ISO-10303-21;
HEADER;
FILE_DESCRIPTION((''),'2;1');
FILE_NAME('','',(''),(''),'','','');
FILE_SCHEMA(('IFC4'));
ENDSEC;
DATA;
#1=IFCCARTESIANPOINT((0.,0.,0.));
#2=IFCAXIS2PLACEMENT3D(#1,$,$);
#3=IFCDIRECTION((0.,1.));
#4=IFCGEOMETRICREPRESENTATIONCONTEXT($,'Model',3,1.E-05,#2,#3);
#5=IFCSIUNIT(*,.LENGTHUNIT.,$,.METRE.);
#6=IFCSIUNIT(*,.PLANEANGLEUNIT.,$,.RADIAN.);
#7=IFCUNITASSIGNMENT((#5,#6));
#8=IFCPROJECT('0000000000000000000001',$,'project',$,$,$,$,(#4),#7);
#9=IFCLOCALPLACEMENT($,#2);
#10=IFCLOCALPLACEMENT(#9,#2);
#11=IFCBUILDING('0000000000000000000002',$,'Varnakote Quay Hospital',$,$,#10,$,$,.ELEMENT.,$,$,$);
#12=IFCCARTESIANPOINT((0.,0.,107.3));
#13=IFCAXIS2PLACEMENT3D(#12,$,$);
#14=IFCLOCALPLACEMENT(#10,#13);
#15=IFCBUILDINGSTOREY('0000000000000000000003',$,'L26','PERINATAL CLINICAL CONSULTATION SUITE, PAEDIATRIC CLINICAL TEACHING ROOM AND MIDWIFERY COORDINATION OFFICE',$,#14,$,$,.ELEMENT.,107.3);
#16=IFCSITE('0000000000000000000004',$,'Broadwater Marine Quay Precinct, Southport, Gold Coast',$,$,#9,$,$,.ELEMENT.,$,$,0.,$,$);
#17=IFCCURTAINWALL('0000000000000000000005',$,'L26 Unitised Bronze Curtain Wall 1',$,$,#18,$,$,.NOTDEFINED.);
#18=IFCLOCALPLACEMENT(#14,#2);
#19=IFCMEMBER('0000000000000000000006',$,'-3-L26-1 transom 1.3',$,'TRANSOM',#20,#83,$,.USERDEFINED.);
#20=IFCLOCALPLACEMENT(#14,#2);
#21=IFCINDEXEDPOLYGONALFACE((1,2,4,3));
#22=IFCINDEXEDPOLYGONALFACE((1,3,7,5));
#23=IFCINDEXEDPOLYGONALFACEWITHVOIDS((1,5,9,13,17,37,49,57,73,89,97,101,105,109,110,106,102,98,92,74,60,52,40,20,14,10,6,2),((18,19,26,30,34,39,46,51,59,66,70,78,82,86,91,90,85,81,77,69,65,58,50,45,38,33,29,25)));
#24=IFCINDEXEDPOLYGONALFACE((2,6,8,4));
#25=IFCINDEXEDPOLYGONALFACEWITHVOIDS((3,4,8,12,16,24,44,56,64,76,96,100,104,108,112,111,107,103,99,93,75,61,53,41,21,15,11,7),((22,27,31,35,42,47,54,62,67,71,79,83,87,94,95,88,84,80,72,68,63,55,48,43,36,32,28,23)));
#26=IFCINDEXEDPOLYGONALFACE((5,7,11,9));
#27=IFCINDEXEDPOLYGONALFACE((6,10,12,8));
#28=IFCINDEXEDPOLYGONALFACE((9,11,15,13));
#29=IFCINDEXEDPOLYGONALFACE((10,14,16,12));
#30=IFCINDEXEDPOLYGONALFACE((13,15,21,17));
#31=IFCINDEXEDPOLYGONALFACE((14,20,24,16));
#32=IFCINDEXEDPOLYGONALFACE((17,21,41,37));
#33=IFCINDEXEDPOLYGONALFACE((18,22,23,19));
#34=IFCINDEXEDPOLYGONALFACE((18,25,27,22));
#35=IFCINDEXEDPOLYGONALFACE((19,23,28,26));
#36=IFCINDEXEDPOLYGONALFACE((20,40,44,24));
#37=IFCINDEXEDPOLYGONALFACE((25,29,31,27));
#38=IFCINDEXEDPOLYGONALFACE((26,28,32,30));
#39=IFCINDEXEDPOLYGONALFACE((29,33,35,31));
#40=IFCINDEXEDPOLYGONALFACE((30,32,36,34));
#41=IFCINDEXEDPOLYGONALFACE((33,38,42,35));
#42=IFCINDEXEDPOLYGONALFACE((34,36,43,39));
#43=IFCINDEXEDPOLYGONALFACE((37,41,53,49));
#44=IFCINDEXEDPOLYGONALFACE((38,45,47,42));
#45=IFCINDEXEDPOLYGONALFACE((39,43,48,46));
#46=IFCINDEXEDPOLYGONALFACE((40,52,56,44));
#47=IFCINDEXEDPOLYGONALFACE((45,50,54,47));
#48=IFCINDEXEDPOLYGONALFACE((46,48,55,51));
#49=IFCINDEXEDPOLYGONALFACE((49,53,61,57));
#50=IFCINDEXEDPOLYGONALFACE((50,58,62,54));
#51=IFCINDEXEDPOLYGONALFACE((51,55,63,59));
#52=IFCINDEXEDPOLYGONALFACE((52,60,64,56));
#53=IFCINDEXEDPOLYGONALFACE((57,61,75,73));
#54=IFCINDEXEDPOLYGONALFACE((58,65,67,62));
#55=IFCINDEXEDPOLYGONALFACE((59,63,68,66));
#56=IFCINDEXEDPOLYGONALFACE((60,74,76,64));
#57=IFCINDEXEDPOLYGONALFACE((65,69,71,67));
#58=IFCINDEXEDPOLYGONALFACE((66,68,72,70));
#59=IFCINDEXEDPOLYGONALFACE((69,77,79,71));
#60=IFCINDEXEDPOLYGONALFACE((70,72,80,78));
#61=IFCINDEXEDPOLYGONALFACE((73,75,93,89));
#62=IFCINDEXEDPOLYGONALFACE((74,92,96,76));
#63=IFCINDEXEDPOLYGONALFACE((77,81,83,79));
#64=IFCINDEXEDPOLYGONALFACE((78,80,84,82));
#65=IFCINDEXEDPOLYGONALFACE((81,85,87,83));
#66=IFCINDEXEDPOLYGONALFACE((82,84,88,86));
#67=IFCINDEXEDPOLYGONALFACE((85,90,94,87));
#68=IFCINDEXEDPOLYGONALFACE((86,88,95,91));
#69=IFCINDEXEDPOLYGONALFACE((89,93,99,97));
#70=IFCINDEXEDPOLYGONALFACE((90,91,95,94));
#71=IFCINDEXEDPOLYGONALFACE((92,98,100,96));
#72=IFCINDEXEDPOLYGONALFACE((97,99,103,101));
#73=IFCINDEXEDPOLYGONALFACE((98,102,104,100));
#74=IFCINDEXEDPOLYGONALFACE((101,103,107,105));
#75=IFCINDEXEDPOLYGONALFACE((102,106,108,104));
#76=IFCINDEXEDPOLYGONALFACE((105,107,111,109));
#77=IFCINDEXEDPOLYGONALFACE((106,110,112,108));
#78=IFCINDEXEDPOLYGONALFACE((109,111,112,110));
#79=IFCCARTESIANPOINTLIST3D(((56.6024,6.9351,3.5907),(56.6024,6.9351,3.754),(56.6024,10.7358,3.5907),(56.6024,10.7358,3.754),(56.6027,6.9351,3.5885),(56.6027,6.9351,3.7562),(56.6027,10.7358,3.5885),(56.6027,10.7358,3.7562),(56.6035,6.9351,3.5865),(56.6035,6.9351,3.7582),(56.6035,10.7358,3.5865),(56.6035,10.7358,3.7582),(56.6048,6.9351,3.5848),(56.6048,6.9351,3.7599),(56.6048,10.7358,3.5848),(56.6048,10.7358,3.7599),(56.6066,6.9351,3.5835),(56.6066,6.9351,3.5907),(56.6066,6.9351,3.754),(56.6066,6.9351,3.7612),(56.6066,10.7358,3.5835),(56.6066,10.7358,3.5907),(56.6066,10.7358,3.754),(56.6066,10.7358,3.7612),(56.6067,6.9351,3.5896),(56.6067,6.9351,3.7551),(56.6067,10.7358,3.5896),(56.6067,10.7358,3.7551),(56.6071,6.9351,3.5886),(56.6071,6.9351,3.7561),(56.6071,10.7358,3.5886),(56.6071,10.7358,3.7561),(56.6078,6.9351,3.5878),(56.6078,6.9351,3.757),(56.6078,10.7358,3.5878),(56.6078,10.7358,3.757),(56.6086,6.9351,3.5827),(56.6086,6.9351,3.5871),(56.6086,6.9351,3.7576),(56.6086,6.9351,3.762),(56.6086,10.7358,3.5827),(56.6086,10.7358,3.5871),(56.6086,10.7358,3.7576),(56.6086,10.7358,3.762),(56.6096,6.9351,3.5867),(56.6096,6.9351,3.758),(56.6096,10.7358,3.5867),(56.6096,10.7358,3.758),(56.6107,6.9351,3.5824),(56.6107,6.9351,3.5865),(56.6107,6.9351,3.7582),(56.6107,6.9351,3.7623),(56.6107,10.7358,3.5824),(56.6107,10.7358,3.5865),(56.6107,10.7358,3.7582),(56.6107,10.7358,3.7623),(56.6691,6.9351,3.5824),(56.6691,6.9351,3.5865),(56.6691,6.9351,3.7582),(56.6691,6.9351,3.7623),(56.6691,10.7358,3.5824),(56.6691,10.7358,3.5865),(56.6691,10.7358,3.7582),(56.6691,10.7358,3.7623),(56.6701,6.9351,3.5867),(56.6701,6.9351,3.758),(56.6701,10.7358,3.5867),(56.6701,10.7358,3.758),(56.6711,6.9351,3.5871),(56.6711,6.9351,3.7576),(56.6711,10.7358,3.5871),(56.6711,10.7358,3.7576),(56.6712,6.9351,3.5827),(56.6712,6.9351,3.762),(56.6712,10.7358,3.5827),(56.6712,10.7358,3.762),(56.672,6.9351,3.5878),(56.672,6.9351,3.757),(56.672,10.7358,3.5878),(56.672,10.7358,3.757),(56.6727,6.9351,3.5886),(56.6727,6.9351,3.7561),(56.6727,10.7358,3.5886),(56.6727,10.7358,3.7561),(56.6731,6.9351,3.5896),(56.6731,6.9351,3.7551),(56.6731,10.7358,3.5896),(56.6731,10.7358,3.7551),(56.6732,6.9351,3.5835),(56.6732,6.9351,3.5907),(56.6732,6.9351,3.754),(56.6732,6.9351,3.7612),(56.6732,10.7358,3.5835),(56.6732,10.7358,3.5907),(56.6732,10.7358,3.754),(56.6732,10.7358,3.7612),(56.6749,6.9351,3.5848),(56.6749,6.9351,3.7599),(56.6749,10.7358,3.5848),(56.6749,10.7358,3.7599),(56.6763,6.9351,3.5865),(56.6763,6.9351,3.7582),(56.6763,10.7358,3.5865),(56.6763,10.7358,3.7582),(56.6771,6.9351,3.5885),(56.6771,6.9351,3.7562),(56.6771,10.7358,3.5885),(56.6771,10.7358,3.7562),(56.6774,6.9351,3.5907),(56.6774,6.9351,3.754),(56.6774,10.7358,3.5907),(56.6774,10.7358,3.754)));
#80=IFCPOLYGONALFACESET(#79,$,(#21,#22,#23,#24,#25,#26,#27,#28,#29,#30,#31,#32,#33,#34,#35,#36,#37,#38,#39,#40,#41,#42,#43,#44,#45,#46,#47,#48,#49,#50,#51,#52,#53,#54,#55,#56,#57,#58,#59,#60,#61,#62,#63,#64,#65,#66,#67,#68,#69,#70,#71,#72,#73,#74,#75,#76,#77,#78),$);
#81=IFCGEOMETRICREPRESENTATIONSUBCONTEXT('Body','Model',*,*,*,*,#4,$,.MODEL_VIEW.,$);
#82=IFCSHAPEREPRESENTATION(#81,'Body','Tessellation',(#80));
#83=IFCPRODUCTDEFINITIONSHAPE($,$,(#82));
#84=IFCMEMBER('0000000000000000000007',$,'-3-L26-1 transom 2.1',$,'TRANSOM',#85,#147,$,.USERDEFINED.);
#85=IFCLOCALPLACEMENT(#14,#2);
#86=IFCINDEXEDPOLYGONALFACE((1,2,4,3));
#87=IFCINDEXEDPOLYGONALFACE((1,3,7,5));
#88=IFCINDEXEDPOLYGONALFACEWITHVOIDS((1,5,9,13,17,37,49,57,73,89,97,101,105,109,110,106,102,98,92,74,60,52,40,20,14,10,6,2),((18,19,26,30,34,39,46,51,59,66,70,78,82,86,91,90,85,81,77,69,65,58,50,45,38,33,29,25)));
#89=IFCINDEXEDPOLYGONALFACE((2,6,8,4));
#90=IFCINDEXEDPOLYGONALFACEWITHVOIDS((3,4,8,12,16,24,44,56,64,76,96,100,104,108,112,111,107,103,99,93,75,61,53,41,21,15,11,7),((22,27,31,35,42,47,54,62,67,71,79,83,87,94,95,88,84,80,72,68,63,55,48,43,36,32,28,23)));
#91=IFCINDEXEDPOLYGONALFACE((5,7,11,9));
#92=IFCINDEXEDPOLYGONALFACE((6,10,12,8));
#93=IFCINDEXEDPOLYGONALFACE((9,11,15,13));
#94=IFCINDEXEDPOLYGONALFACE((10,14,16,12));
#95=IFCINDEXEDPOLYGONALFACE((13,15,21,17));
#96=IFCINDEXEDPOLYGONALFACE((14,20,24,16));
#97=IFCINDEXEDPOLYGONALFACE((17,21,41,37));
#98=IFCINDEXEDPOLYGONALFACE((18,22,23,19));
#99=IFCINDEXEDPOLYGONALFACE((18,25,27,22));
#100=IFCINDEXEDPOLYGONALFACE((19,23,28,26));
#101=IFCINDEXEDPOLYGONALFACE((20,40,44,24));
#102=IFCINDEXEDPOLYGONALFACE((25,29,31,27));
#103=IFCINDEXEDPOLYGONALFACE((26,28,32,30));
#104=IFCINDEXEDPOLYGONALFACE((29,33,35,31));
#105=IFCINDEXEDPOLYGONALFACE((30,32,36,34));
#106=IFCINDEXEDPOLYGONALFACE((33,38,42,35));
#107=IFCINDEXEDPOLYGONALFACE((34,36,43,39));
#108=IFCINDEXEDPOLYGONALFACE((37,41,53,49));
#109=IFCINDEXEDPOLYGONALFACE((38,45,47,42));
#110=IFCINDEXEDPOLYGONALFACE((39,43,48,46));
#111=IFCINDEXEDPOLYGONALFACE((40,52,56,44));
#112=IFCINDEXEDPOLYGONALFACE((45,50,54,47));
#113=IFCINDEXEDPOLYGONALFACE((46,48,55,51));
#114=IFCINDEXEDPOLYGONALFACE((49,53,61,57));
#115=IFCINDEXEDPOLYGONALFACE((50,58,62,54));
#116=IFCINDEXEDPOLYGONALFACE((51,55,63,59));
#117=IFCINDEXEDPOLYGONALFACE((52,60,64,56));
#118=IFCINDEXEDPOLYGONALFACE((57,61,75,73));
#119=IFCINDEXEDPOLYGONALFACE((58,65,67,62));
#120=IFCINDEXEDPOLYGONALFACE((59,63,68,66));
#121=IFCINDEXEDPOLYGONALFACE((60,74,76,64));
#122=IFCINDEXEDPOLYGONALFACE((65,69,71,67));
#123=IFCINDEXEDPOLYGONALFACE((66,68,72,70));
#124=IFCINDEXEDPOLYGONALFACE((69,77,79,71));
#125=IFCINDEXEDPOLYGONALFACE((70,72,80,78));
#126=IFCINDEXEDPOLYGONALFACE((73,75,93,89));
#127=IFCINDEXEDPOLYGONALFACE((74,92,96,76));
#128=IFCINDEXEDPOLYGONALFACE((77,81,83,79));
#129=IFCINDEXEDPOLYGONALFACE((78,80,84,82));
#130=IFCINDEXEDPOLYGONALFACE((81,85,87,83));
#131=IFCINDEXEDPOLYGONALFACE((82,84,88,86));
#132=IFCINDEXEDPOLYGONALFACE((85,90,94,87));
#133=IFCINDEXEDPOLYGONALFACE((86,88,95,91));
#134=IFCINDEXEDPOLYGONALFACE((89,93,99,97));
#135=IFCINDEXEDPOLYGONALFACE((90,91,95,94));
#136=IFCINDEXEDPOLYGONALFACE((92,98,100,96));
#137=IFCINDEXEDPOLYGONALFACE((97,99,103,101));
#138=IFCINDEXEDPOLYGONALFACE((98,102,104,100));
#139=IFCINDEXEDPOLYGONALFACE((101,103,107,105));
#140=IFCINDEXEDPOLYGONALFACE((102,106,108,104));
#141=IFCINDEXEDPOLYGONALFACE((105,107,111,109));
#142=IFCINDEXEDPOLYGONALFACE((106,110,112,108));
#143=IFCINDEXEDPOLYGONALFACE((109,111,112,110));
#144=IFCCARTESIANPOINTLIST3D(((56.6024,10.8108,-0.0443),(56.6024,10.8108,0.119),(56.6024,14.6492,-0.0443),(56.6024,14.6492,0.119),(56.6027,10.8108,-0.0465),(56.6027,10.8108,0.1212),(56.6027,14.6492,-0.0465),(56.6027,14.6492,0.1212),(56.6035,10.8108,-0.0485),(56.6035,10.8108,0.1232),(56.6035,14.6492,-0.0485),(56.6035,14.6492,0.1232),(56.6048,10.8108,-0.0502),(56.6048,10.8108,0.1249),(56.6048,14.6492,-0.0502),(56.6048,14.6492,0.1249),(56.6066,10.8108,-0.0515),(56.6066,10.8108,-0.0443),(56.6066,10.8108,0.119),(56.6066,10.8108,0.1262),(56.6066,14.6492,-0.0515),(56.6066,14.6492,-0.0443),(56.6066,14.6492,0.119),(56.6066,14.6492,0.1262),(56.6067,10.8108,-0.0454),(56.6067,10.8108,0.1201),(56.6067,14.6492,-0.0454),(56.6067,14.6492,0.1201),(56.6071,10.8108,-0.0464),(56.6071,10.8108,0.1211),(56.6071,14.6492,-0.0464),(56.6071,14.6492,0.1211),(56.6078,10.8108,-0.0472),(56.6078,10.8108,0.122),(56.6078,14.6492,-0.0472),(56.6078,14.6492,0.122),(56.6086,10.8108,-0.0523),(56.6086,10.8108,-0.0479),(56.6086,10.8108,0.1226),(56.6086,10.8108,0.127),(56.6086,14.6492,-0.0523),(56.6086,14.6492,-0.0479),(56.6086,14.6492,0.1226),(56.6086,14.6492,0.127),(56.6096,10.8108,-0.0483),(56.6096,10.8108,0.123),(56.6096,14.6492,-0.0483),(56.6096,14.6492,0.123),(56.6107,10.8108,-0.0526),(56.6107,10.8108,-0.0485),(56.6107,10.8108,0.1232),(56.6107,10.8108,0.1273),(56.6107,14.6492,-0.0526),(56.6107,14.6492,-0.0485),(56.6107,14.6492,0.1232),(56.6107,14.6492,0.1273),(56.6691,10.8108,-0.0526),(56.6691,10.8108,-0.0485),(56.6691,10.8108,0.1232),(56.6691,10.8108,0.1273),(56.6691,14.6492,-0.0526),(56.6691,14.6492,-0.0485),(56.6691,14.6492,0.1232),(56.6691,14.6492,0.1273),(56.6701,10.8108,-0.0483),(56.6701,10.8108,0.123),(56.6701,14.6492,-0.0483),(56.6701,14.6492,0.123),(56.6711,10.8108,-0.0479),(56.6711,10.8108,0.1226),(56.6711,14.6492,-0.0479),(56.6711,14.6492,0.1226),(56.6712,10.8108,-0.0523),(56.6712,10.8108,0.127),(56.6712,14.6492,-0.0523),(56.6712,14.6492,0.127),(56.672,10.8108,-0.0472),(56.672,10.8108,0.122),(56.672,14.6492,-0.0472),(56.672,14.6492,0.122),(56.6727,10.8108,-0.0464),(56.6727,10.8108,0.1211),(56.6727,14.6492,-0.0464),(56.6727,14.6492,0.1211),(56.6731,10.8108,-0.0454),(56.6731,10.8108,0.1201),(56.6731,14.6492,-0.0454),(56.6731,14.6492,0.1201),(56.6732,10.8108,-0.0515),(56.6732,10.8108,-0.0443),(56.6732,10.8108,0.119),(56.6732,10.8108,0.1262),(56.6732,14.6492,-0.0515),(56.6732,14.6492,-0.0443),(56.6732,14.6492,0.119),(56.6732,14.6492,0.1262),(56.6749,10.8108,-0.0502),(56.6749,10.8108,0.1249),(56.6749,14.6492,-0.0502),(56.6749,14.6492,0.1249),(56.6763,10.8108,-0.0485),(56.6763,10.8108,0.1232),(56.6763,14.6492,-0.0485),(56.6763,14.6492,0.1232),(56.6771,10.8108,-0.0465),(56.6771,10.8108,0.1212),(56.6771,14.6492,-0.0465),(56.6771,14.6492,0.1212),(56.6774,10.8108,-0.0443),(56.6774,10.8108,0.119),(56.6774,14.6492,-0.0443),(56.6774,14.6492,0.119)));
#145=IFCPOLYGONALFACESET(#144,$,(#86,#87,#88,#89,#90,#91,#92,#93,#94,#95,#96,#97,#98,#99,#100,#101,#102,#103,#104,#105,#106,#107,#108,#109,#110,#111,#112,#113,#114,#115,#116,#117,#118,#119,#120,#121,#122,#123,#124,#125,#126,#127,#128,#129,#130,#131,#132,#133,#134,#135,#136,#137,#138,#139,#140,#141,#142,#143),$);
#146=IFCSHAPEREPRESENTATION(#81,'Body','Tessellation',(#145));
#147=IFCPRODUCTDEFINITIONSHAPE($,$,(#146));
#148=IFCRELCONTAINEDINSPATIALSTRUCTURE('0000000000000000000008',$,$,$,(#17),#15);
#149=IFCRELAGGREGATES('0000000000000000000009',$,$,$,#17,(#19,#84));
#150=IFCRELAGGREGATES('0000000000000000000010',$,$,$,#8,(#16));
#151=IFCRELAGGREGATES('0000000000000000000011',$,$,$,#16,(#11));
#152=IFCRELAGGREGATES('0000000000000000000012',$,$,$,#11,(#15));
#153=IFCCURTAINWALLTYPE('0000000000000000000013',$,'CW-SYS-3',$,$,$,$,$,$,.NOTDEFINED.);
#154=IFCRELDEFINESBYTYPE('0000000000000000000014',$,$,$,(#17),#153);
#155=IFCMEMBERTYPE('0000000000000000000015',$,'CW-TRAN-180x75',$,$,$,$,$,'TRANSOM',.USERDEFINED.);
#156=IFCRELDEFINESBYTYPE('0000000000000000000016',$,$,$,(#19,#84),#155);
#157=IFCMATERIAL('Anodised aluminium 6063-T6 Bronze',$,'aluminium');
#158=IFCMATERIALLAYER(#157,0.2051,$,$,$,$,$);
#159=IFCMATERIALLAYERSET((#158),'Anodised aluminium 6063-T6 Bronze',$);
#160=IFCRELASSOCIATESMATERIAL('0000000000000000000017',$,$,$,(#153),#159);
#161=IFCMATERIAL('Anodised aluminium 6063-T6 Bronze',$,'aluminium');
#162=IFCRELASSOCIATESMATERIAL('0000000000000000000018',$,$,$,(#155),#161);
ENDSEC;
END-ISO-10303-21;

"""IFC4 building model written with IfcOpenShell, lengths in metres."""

from ifc_helpers import new_model, si_unit, direction, frame, origin, origin_2d, place, context, subcontext, project, spatial, hollow_rectangle, extrude, material, layer, layer_set, material_profile, profile_set, type_object, element, aggregate, save


model = new_model("IFC4")

# Units and contexts
model_context = context("Model", 3, precision=1e-05, world=origin(), true_north=direction((0.0, 1.0)))
body_context = subcontext(model_context, "Body", "Model", "MODEL_VIEW")
ifc_project = project(units=[si_unit("LENGTHUNIT", "METRE"), si_unit("PLANEANGLEUNIT", "RADIAN")], contexts=[model_context])

# Site, building, storey
site_placement = place(None, origin())
site = spatial("IfcSite", under=ifc_project, at=site_placement, Name="Broadwater Marine Quay Precinct, Southport, Gold Coast", CompositionType="ELEMENT", RefElevation=0.0)
building_placement = place(site_placement, origin())
building = spatial("IfcBuilding", under=site, at=building_placement, Name="Varnakote Quay Hospital", CompositionType="ELEMENT")
storey_placement = place(building_placement, frame((0.0, 0.0, 107.3)))
storey = spatial("IfcBuildingStorey", under=building, at=storey_placement, Name="L26", Description="PERINATAL CLINICAL CONSULTATION SUITE, PAEDIATRIC CLINICAL TEACHING ROOM AND MIDWIFERY COORDINATION OFFICE", CompositionType="ELEMENT", Elevation=107.3)

# Curtain wall, members
ifc_material_1 = material(Name="Anodised aluminium 6063-T6 Bronze", Category="aluminium")
ifc_layer_1 = layer(ifc_material_1, 0.2051)
ifc_layer_set_1 = layer_set([ifc_layer_1], Name="Anodised aluminium 6063-T6 Bronze")
curtain_wall_type = type_object("IfcCurtainWallType", Name="CW-SYS-3", PredefinedType="NOTDEFINED", material=ifc_layer_set_1)
curtain_wall_placement = place(storey_placement, origin())
curtain_wall = element("IfcCurtainWall", 1, at=curtain_wall_placement, inside=storey, type_object=curtain_wall_type, Name="L26 Unitised Bronze Curtain Wall 1", PredefinedType="NOTDEFINED")
ifc_material_2 = material(Name="Anodised aluminium 6063-T6 Bronze", Category="aluminium")
ifc_material_profile_1 = material_profile(ifc_material_2, hollow_rectangle(XDim=0.075, YDim=0.1799, WallThickness=0.0042, InnerFilletRadius=0.0042, OuterFilletRadius=0.0083, at=origin_2d()), Name="CW-TRAN-180x75")
ifc_profile_set_1 = profile_set([ifc_material_profile_1], Name="Anodised aluminium 6063-T6 Bronze")
member_type_1 = type_object("IfcMemberType", Name="CW-TRAN-180x75", ElementType="TRANSOM", PredefinedType="USERDEFINED", material=ifc_profile_set_1)
member_1_placement = place(storey_placement, frame((56.6399, 6.9351, 3.6724), z_axis=(0.0, 1.0, 0.0), x_axis=(-1.0, 0.0, 0.0)))
member_1 = element("IfcMember", 2, at=member_1_placement, type_object=member_type_1, Name="-3-L26-1 transom 1.3", ObjectType="TRANSOM", PredefinedType="USERDEFINED", context=body_context, shape_type="SweptSolid", body=[
    extrude(hollow_rectangle(XDim=0.075, YDim=0.1799, WallThickness=0.0042, InnerFilletRadius=0.0042, OuterFilletRadius=0.0083, at=origin_2d()), origin(), (0.0, 0.0, 1.0), 3.8008),
])
member_2_placement = place(storey_placement, frame((56.6399, 10.8108, 0.0374), z_axis=(0.0, 1.0, 0.0), x_axis=(-1.0, 0.0, 0.0)))
member_2 = element("IfcMember", 3, at=member_2_placement, type_object=member_type_1, Name="-3-L26-1 transom 2.1", ObjectType="TRANSOM", PredefinedType="USERDEFINED", context=body_context, shape_type="SweptSolid", body=[
    extrude(hollow_rectangle(XDim=0.075, YDim=0.1799, WallThickness=0.0042, InnerFilletRadius=0.0042, OuterFilletRadius=0.0083, at=origin_2d()), origin(), (0.0, 0.0, 1.0), 3.8384),
])
aggregate(curtain_wall, [member_1, member_2])

save(model, "model.ifc")
